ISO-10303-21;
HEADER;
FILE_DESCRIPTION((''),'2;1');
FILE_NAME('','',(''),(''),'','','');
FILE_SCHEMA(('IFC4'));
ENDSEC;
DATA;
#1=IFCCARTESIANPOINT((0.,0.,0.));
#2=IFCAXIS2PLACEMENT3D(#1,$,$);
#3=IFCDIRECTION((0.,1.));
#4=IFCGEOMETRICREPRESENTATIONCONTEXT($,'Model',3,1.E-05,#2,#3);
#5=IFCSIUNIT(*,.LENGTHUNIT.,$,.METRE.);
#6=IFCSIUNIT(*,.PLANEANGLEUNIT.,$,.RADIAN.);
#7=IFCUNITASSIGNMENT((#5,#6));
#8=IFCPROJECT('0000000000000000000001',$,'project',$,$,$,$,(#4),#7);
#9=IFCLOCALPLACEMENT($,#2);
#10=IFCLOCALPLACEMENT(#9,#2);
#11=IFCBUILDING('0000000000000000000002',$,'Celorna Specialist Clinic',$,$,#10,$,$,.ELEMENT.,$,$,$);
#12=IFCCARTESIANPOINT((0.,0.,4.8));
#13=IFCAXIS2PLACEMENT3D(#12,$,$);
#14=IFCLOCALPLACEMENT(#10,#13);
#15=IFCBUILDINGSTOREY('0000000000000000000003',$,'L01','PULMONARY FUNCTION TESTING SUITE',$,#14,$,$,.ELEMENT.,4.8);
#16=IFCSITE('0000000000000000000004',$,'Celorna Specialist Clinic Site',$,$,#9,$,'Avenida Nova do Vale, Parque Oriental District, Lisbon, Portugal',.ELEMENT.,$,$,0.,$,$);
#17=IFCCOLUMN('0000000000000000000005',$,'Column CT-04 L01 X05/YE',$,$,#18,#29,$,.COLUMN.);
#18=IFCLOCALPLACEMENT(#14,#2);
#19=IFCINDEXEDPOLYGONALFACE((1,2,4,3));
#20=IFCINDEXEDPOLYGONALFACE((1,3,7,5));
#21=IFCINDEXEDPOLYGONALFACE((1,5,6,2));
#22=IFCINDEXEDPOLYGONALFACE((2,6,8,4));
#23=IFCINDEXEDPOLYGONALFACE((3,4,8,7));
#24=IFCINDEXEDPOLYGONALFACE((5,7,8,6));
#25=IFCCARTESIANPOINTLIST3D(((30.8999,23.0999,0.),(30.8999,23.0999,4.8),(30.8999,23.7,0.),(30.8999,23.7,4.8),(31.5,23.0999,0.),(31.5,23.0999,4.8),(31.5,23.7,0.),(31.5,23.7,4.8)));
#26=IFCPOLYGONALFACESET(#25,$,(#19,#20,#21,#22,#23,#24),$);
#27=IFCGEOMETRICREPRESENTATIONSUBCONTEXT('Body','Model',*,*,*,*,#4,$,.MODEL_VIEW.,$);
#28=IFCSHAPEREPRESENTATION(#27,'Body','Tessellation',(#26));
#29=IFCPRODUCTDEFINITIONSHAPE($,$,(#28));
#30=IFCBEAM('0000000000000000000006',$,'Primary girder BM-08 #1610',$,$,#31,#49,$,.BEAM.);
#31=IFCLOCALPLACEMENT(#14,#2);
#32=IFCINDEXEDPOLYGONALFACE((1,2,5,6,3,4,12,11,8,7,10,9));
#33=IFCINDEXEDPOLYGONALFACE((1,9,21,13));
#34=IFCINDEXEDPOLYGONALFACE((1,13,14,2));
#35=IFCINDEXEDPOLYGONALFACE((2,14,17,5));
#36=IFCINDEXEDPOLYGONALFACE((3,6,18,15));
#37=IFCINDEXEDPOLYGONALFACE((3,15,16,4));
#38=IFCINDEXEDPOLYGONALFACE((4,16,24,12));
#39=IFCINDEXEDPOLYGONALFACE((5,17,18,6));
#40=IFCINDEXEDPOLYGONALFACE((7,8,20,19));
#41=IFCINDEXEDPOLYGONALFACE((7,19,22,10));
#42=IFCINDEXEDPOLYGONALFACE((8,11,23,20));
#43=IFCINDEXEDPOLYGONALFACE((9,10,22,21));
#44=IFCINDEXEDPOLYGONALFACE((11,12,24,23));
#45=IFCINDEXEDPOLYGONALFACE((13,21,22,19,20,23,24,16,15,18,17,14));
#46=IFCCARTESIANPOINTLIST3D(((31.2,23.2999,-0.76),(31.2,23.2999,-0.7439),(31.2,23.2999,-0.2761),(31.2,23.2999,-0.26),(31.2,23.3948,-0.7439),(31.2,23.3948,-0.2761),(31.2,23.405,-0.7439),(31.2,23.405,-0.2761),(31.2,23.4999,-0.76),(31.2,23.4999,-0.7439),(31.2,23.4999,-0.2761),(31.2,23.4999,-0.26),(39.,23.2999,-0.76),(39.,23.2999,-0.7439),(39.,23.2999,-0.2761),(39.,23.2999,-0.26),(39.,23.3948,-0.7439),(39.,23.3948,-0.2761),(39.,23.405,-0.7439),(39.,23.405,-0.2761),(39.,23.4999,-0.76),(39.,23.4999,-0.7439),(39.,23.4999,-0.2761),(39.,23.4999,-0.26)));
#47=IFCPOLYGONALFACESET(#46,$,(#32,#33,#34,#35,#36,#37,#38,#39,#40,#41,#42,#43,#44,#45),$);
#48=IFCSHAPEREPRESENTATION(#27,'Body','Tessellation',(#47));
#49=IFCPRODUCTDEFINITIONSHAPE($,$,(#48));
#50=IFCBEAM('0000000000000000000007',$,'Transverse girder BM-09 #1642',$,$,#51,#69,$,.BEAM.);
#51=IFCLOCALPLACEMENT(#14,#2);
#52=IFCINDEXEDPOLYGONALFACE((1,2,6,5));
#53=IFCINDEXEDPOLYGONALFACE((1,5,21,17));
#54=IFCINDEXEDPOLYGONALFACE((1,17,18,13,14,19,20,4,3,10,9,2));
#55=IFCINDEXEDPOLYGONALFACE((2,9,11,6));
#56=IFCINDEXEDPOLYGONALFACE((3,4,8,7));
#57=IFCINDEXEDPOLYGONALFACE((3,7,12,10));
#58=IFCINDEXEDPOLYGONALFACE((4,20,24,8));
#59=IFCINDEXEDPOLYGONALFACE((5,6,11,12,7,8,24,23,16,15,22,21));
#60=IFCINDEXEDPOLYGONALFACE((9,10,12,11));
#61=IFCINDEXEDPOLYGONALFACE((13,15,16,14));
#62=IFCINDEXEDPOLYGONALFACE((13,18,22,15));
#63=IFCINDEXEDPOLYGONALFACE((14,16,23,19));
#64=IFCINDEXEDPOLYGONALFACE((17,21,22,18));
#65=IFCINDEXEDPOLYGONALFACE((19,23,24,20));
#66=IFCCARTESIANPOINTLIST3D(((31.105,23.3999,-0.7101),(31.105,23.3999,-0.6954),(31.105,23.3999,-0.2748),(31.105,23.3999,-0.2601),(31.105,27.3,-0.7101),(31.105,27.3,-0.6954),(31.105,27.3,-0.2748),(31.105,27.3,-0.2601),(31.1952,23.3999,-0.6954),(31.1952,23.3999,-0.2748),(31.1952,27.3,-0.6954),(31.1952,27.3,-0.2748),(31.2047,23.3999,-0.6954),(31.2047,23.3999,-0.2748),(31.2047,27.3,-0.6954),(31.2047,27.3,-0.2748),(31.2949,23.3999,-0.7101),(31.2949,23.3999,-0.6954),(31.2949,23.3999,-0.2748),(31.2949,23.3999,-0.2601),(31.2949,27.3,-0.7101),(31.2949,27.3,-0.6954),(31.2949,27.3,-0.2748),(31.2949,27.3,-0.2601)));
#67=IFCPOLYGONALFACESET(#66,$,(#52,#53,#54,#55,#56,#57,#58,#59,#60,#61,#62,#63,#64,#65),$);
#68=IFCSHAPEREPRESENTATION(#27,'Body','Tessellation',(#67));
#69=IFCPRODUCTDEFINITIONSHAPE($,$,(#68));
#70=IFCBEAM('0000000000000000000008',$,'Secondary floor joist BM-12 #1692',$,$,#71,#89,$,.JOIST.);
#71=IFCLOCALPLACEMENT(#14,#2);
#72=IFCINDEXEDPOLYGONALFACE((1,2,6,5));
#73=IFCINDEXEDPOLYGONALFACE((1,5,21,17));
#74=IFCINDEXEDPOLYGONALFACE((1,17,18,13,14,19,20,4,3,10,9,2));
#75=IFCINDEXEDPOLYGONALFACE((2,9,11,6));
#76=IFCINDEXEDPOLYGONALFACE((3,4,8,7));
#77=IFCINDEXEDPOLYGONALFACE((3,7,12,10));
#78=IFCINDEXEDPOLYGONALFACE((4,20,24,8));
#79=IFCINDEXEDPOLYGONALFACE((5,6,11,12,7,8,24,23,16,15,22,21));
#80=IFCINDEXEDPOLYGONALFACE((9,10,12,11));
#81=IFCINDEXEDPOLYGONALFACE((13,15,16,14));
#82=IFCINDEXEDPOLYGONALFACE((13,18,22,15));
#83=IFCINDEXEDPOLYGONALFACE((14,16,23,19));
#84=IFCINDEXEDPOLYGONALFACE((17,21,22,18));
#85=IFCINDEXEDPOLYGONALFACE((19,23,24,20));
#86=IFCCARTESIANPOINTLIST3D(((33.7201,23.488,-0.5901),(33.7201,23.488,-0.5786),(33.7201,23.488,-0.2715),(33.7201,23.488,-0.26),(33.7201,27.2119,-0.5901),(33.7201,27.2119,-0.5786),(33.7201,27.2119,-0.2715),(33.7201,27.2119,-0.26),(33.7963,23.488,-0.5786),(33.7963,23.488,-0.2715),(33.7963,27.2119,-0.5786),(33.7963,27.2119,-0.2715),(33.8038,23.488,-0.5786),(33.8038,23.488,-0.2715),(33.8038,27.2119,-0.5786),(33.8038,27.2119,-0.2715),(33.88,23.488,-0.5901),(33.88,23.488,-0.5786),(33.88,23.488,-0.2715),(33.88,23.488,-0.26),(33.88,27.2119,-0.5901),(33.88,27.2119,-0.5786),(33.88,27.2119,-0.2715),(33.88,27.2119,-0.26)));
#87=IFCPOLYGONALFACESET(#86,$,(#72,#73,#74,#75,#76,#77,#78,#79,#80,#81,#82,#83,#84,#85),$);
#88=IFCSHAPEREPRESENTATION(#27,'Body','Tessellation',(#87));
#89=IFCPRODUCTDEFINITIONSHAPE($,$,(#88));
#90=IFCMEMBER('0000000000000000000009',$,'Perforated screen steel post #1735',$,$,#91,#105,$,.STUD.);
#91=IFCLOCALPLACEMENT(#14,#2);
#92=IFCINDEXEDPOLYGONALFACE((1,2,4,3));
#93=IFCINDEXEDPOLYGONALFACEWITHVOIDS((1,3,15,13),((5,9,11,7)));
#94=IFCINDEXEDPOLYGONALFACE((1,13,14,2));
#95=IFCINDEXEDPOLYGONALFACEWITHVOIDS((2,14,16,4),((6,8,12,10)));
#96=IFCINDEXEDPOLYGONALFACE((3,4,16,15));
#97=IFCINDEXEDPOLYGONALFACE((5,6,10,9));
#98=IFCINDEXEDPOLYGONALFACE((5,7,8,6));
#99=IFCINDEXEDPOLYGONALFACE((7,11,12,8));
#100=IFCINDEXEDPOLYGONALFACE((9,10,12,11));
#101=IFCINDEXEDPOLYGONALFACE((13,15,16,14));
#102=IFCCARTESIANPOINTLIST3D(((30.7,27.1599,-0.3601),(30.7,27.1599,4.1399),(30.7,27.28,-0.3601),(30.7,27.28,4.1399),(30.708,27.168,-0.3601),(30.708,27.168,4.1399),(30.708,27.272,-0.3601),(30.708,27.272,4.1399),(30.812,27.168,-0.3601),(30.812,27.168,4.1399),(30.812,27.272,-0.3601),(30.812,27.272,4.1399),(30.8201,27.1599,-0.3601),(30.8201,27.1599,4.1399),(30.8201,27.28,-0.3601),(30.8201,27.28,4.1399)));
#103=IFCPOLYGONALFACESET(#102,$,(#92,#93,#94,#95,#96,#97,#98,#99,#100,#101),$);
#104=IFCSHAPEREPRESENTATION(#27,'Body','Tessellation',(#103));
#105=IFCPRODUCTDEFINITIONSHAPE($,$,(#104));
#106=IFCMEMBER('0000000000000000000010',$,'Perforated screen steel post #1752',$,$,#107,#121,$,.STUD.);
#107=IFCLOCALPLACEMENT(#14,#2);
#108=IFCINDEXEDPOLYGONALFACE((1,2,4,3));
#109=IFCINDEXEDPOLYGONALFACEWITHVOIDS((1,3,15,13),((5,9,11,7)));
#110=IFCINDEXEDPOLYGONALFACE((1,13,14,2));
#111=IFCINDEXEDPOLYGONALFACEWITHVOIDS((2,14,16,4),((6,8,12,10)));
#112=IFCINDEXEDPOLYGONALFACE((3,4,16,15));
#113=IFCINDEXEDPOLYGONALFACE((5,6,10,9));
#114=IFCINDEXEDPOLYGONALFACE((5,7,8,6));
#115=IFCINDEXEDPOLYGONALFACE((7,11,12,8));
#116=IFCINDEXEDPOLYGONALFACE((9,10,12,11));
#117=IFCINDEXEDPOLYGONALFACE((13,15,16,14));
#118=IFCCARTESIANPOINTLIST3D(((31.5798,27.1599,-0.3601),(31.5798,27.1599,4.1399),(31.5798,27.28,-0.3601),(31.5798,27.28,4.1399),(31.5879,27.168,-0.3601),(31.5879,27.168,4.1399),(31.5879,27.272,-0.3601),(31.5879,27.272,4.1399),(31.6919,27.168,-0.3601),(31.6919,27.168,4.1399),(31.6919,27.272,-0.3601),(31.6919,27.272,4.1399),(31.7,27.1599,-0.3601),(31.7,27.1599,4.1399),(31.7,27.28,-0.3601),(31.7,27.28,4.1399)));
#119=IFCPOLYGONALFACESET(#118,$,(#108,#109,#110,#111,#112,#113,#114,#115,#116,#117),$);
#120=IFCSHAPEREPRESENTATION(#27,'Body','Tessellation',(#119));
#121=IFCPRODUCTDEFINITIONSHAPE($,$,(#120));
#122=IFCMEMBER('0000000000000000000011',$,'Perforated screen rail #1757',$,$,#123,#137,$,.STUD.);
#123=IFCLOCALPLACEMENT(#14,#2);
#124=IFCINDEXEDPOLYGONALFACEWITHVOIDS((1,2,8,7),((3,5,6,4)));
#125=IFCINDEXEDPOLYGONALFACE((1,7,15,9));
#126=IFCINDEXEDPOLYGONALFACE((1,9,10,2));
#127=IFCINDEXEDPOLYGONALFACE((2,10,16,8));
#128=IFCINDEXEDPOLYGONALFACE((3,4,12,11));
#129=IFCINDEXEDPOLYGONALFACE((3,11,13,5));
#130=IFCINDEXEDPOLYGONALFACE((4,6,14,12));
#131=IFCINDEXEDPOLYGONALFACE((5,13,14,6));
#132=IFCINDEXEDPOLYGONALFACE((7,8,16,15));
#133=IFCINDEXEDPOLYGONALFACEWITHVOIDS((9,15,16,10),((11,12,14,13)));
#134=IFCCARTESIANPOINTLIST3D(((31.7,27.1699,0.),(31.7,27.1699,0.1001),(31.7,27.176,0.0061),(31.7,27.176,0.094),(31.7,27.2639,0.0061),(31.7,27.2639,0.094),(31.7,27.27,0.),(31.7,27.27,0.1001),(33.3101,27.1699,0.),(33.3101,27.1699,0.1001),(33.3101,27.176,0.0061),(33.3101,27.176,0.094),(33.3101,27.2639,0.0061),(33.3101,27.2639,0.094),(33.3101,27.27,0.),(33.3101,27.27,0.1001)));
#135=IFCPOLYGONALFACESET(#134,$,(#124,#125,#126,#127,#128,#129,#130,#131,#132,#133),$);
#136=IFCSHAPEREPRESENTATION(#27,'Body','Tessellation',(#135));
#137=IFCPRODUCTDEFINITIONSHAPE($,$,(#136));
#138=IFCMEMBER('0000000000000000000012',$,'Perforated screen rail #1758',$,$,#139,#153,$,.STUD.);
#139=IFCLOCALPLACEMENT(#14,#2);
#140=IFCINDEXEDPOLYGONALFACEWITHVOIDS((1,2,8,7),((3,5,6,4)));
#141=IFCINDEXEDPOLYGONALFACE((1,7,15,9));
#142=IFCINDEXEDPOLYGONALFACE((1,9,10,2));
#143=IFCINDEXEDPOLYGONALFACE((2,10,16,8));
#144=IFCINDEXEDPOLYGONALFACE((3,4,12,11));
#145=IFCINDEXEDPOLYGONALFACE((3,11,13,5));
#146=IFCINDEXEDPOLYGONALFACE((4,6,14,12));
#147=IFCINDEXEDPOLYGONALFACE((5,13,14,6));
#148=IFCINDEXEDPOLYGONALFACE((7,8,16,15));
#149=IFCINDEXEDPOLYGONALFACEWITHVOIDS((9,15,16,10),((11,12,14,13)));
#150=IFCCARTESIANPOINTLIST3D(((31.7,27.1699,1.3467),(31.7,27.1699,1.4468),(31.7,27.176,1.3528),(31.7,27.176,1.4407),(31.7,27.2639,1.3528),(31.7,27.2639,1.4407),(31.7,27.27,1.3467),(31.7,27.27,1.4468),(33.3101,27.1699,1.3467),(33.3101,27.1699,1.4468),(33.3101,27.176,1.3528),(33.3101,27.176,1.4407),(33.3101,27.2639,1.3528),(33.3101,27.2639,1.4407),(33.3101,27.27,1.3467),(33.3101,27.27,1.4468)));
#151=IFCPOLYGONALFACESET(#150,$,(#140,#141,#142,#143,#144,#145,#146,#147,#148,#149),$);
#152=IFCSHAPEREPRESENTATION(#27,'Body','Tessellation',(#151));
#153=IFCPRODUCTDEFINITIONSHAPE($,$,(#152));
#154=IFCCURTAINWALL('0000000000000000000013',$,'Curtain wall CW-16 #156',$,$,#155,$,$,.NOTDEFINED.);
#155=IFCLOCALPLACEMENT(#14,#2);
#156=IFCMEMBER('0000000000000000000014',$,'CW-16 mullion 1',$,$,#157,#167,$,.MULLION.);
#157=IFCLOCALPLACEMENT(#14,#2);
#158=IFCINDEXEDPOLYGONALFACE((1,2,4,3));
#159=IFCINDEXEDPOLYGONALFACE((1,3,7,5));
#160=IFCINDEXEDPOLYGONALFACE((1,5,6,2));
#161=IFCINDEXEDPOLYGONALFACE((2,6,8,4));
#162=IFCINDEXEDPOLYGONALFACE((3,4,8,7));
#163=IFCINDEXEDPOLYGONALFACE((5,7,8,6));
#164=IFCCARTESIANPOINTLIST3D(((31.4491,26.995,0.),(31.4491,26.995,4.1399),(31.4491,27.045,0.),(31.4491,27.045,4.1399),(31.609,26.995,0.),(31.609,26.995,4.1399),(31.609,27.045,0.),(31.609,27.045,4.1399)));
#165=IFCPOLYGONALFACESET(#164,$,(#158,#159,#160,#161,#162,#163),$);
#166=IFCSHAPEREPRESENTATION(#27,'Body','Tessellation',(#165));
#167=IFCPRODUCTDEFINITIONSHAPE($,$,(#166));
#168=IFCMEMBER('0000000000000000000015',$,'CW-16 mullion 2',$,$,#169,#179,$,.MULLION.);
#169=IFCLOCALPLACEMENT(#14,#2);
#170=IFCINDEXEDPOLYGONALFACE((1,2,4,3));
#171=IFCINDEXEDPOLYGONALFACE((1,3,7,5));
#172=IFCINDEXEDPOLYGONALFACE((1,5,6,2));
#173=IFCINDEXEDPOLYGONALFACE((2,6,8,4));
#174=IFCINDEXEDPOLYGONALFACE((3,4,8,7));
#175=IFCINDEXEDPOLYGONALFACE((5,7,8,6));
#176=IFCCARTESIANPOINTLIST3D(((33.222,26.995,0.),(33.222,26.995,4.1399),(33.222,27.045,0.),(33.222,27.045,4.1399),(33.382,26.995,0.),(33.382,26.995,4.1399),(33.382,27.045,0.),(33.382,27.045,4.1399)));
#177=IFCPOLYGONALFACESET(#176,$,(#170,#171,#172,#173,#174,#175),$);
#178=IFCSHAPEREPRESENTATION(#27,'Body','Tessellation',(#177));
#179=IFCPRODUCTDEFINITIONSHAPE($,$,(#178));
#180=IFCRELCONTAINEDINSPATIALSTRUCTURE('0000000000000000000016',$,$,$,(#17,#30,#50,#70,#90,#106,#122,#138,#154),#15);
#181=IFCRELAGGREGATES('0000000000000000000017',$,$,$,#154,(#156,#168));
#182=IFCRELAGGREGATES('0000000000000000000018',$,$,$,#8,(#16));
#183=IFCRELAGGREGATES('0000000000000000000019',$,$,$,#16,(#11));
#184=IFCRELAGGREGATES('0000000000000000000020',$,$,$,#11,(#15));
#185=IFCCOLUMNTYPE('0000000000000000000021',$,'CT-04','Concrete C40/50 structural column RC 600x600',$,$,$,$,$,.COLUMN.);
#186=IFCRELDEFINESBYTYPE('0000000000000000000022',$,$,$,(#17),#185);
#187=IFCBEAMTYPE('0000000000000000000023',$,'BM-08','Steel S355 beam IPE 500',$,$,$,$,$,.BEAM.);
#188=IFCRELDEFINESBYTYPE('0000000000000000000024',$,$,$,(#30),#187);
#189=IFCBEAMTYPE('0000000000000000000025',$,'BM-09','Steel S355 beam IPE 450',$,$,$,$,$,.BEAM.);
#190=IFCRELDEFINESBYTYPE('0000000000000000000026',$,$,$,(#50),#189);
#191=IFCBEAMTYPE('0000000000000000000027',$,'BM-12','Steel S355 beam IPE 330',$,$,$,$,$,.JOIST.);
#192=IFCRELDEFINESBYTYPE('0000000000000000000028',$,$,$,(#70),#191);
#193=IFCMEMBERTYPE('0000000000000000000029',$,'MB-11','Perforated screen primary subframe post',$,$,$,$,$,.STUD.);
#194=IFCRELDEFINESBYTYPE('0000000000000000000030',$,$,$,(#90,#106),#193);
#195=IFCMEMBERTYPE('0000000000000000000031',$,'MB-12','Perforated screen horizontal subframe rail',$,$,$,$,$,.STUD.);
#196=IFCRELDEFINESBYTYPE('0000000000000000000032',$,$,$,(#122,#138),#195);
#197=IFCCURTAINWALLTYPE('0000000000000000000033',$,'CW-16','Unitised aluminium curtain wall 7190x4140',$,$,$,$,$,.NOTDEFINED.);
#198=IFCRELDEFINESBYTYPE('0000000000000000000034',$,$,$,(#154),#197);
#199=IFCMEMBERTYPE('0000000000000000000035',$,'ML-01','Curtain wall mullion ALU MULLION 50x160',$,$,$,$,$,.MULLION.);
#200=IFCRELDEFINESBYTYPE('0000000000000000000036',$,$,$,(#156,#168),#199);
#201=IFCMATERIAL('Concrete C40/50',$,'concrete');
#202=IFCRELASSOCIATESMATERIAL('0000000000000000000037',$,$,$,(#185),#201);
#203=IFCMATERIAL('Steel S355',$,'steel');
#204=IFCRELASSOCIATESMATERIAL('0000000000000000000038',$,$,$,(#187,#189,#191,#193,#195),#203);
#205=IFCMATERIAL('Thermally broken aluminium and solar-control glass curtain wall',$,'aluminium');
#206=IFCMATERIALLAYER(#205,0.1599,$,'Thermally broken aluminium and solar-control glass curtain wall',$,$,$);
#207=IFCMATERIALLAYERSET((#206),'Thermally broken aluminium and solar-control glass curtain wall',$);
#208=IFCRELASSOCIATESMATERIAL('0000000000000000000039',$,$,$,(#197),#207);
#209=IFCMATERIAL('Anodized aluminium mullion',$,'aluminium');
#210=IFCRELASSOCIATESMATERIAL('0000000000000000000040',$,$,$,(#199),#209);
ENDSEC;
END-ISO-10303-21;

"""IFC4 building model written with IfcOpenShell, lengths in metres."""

from ifc_helpers import new_model, si_unit, direction, frame, origin, origin_2d, place, context, subcontext, project, spatial, rectangle, hollow_rectangle, i_section, extrude, material, layer, layer_set, material_profile, profile_set, type_object, element, aggregate, save


model = new_model("IFC4")

# Units and contexts
model_context = context("Model", 3, precision=1e-05, world=origin(), true_north=direction((0.0, 1.0)))
body_context = subcontext(model_context, "Body", "Model", "MODEL_VIEW")
ifc_project = project(units=[si_unit("LENGTHUNIT", "METRE"), si_unit("PLANEANGLEUNIT", "RADIAN")], contexts=[model_context])

# Site, building, storey
site_placement = place(None, origin())
site = spatial("IfcSite", under=ifc_project, at=site_placement, Name="Celorna Specialist Clinic Site", LongName="Avenida Nova do Vale, Parque Oriental District, Lisbon, Portugal", CompositionType="ELEMENT", RefElevation=0.0)
building_placement = place(site_placement, origin())
building = spatial("IfcBuilding", under=site, at=building_placement, Name="Celorna Specialist Clinic", CompositionType="ELEMENT")
storey_placement = place(building_placement, frame((0.0, 0.0, 4.8)))
storey = spatial("IfcBuildingStorey", under=building, at=storey_placement, Name="L01", Description="PULMONARY FUNCTION TESTING SUITE", CompositionType="ELEMENT", Elevation=4.8)

# Column
ifc_material_1 = material(Name="Concrete C40/50", Category="concrete")
ifc_material_profile_1 = material_profile(ifc_material_1, rectangle(XDim=0.6001, YDim=0.6001, at=origin_2d()), Name="RC 600x600")
ifc_profile_set_1 = profile_set([ifc_material_profile_1], Name="Concrete C40/50")
column_type = type_object("IfcColumnType", Name="CT-04", Description="Concrete C40/50 structural column RC 600x600", PredefinedType="COLUMN", material=ifc_profile_set_1)
column_placement = place(storey_placement, frame((31.2, 23.3999, 0.0), z_axis=(0.0, 0.0, 1.0), x_axis=(1.0, 0.0, 0.0)))
element("IfcColumn", 1, at=column_placement, inside=storey, type_object=column_type, Name="Column CT-04 L01 X05/YE", PredefinedType="COLUMN", context=body_context, shape_type="SweptSolid", body=[
    extrude(rectangle(XDim=0.6001, YDim=0.6001, at=origin_2d()), origin(), (0.0, 0.0, 1.0), 4.8),
])

# Beams
ifc_material_2 = material(Name="Steel S355", Category="steel")
ifc_material_profile_2 = material_profile(ifc_material_2, i_section(OverallWidth=0.2, OverallDepth=0.5, WebThickness=0.0103, FlangeThickness=0.0161, at=origin_2d()), Name="IPE 500")
ifc_profile_set_2 = profile_set([ifc_material_profile_2], Name="Steel S355")
beam_type_1 = type_object("IfcBeamType", Name="BM-08", Description="Steel S355 beam IPE 500", PredefinedType="BEAM", material=ifc_profile_set_2)
beam_1_placement = place(storey_placement, frame((31.2, 23.3999, -0.51), z_axis=(1.0, 0.0, 0.0), x_axis=(0.0, 1.0, 0.0)))
element("IfcBeam", 2, at=beam_1_placement, inside=storey, type_object=beam_type_1, Name="Primary girder BM-08 #1610", PredefinedType="BEAM", context=body_context, shape_type="SweptSolid", body=[
    extrude(i_section(OverallWidth=0.2, OverallDepth=0.5, WebThickness=0.0103, FlangeThickness=0.0161, at=origin_2d()), origin(), (0.0, 0.0, 1.0), 7.8),
])
ifc_material_profile_3 = material_profile(ifc_material_2, i_section(OverallWidth=0.1899, OverallDepth=0.45, WebThickness=0.0095, FlangeThickness=0.0146, at=origin_2d()), Name="IPE 450")
ifc_profile_set_3 = profile_set([ifc_material_profile_3], Name="Steel S355")
beam_type_2 = type_object("IfcBeamType", Name="BM-09", Description="Steel S355 beam IPE 450", PredefinedType="BEAM", material=ifc_profile_set_3)
beam_2_placement = place(storey_placement, frame((31.2, 23.3999, -0.4851), z_axis=(0.0, 1.0, 0.0), x_axis=(-1.0, 0.0, 0.0)))
element("IfcBeam", 3, at=beam_2_placement, inside=storey, type_object=beam_type_2, Name="Transverse girder BM-09 #1642", PredefinedType="BEAM", context=body_context, shape_type="SweptSolid", body=[
    extrude(i_section(OverallWidth=0.1899, OverallDepth=0.45, WebThickness=0.0095, FlangeThickness=0.0146, at=origin_2d()), origin(), (0.0, 0.0, 1.0), 3.9001),
])
ifc_material_profile_4 = material_profile(ifc_material_2, i_section(OverallWidth=0.1599, OverallDepth=0.3301, WebThickness=0.0076, FlangeThickness=0.0115, at=origin_2d()), Name="IPE 330")
ifc_profile_set_4 = profile_set([ifc_material_profile_4], Name="Steel S355")
beam_type_3 = type_object("IfcBeamType", Name="BM-12", Description="Steel S355 beam IPE 330", PredefinedType="JOIST", material=ifc_profile_set_4)
beam_3_placement = place(storey_placement, frame((33.8, 23.488, -0.425), z_axis=(0.0, 1.0, 0.0), x_axis=(-1.0, 0.0, 0.0)))
element("IfcBeam", 4, at=beam_3_placement, inside=storey, type_object=beam_type_3, Name="Secondary floor joist BM-12 #1692", PredefinedType="JOIST", context=body_context, shape_type="SweptSolid", body=[
    extrude(i_section(OverallWidth=0.1599, OverallDepth=0.3301, WebThickness=0.0076, FlangeThickness=0.0115, at=origin_2d()), origin(), (0.0, 0.0, 1.0), 3.7239),
])

# Members
ifc_material_profile_5 = material_profile(ifc_material_2, hollow_rectangle(XDim=0.1201, YDim=0.1201, WallThickness=0.0081, at=origin_2d()), Name="SHS 120x120x8")
ifc_profile_set_5 = profile_set([ifc_material_profile_5], Name="Steel S355")
member_type_1 = type_object("IfcMemberType", Name="MB-11", Description="Perforated screen primary subframe post", PredefinedType="STUD", material=ifc_profile_set_5)
for number, where, z_axis, x_axis, name in (
    (5, (30.76, 27.22, -0.3601), (0.0, 0.0, 1.0), (1.0, 0.0, 0.0), "Perforated screen steel post #1735"),
    (6, (31.6399, 27.22, -0.3601), (0.0, 0.0, 1.0), (1.0, 0.0, 0.0), "Perforated screen steel post #1752"),
):
    element("IfcMember", number, at=place(storey_placement, frame(where, z_axis=z_axis, x_axis=x_axis)), inside=storey, type_object=member_type_1, Name=name, PredefinedType="STUD", context=body_context, shape_type="SweptSolid", body=[
        extrude(hollow_rectangle(XDim=0.1201, YDim=0.1201, WallThickness=0.0081, at=origin_2d()), origin(), (0.0, 0.0, 1.0), 4.5),
    ])
ifc_material_profile_6 = material_profile(ifc_material_2, hollow_rectangle(XDim=0.1001, YDim=0.1001, WallThickness=0.0061, at=origin_2d()), Name="SHS 100x100x6")
ifc_profile_set_6 = profile_set([ifc_material_profile_6], Name="Steel S355")
member_type_2 = type_object("IfcMemberType", Name="MB-12", Description="Perforated screen horizontal subframe rail", PredefinedType="STUD", material=ifc_profile_set_6)
for number, where, z_axis, x_axis, name in (
    (7, (31.7, 27.22, 0.05), (1.0, 0.0, 0.0), (0.0, 1.0, 0.0), "Perforated screen rail #1757"),
    (8, (31.7, 27.22, 1.3967), (1.0, 0.0, 0.0), (0.0, 1.0, 0.0), "Perforated screen rail #1758"),
):
    element("IfcMember", number, at=place(storey_placement, frame(where, z_axis=z_axis, x_axis=x_axis)), inside=storey, type_object=member_type_2, Name=name, PredefinedType="STUD", context=body_context, shape_type="SweptSolid", body=[
        extrude(hollow_rectangle(XDim=0.1001, YDim=0.1001, WallThickness=0.0061, at=origin_2d()), origin(), (0.0, 0.0, 1.0), 1.6101),
    ])

# Curtain wall, members
ifc_material_3 = material(Name="Thermally broken aluminium and solar-control glass curtain wall", Category="aluminium")
ifc_layer_1 = layer(ifc_material_3, 0.1599, Name="Thermally broken aluminium and solar-control glass curtain wall")
ifc_layer_set_1 = layer_set([ifc_layer_1], Name="Thermally broken aluminium and solar-control glass curtain wall")
curtain_wall_type_1 = type_object("IfcCurtainWallType", Name="CW-16", Description="Unitised aluminium curtain wall 7190x4140", PredefinedType="NOTDEFINED", material=ifc_layer_set_1)
curtain_wall_1_placement = place(storey_placement, origin())
curtain_wall_1 = element("IfcCurtainWall", 9, at=curtain_wall_1_placement, inside=storey, type_object=curtain_wall_type_1, Name="Curtain wall CW-16 #156", PredefinedType="NOTDEFINED")
ifc_material_4 = material(Name="Anodized aluminium mullion", Category="aluminium")
ifc_material_profile_7 = material_profile(ifc_material_4, rectangle(XDim=0.05, YDim=0.1599, at=origin_2d()), Name="ALU MULLION 50x160")
ifc_profile_set_7 = profile_set([ifc_material_profile_7], Name="Anodized aluminium mullion")
member_type_3 = type_object("IfcMemberType", Name="ML-01", Description="Curtain wall mullion ALU MULLION 50x160", PredefinedType="MULLION", material=ifc_profile_set_7)
member_1_placement = place(storey_placement, frame((31.5291, 27.02, 0.0), z_axis=(0.0, 0.0, 1.0), x_axis=(0.0, 1.0, 0.0)))
member_1 = element("IfcMember", 10, at=member_1_placement, type_object=member_type_3, Name="CW-16 mullion 1", PredefinedType="MULLION", context=body_context, shape_type="SweptSolid", body=[
    extrude(rectangle(XDim=0.05, YDim=0.1599, at=origin_2d()), origin(), (0.0, 0.0, 1.0), 4.1399),
])
member_2_placement = place(storey_placement, frame((33.302, 27.02, 0.0), z_axis=(0.0, 0.0, 1.0), x_axis=(0.0, 1.0, 0.0)))
member_2 = element("IfcMember", 11, at=member_2_placement, type_object=member_type_3, Name="CW-16 mullion 2", PredefinedType="MULLION", context=body_context, shape_type="SweptSolid", body=[
    extrude(rectangle(XDim=0.05, YDim=0.1599, at=origin_2d()), origin(), (0.0, 0.0, 1.0), 4.1399),
])

aggregate(curtain_wall_1, [member_1, member_2])

save(model, "model.ifc")
